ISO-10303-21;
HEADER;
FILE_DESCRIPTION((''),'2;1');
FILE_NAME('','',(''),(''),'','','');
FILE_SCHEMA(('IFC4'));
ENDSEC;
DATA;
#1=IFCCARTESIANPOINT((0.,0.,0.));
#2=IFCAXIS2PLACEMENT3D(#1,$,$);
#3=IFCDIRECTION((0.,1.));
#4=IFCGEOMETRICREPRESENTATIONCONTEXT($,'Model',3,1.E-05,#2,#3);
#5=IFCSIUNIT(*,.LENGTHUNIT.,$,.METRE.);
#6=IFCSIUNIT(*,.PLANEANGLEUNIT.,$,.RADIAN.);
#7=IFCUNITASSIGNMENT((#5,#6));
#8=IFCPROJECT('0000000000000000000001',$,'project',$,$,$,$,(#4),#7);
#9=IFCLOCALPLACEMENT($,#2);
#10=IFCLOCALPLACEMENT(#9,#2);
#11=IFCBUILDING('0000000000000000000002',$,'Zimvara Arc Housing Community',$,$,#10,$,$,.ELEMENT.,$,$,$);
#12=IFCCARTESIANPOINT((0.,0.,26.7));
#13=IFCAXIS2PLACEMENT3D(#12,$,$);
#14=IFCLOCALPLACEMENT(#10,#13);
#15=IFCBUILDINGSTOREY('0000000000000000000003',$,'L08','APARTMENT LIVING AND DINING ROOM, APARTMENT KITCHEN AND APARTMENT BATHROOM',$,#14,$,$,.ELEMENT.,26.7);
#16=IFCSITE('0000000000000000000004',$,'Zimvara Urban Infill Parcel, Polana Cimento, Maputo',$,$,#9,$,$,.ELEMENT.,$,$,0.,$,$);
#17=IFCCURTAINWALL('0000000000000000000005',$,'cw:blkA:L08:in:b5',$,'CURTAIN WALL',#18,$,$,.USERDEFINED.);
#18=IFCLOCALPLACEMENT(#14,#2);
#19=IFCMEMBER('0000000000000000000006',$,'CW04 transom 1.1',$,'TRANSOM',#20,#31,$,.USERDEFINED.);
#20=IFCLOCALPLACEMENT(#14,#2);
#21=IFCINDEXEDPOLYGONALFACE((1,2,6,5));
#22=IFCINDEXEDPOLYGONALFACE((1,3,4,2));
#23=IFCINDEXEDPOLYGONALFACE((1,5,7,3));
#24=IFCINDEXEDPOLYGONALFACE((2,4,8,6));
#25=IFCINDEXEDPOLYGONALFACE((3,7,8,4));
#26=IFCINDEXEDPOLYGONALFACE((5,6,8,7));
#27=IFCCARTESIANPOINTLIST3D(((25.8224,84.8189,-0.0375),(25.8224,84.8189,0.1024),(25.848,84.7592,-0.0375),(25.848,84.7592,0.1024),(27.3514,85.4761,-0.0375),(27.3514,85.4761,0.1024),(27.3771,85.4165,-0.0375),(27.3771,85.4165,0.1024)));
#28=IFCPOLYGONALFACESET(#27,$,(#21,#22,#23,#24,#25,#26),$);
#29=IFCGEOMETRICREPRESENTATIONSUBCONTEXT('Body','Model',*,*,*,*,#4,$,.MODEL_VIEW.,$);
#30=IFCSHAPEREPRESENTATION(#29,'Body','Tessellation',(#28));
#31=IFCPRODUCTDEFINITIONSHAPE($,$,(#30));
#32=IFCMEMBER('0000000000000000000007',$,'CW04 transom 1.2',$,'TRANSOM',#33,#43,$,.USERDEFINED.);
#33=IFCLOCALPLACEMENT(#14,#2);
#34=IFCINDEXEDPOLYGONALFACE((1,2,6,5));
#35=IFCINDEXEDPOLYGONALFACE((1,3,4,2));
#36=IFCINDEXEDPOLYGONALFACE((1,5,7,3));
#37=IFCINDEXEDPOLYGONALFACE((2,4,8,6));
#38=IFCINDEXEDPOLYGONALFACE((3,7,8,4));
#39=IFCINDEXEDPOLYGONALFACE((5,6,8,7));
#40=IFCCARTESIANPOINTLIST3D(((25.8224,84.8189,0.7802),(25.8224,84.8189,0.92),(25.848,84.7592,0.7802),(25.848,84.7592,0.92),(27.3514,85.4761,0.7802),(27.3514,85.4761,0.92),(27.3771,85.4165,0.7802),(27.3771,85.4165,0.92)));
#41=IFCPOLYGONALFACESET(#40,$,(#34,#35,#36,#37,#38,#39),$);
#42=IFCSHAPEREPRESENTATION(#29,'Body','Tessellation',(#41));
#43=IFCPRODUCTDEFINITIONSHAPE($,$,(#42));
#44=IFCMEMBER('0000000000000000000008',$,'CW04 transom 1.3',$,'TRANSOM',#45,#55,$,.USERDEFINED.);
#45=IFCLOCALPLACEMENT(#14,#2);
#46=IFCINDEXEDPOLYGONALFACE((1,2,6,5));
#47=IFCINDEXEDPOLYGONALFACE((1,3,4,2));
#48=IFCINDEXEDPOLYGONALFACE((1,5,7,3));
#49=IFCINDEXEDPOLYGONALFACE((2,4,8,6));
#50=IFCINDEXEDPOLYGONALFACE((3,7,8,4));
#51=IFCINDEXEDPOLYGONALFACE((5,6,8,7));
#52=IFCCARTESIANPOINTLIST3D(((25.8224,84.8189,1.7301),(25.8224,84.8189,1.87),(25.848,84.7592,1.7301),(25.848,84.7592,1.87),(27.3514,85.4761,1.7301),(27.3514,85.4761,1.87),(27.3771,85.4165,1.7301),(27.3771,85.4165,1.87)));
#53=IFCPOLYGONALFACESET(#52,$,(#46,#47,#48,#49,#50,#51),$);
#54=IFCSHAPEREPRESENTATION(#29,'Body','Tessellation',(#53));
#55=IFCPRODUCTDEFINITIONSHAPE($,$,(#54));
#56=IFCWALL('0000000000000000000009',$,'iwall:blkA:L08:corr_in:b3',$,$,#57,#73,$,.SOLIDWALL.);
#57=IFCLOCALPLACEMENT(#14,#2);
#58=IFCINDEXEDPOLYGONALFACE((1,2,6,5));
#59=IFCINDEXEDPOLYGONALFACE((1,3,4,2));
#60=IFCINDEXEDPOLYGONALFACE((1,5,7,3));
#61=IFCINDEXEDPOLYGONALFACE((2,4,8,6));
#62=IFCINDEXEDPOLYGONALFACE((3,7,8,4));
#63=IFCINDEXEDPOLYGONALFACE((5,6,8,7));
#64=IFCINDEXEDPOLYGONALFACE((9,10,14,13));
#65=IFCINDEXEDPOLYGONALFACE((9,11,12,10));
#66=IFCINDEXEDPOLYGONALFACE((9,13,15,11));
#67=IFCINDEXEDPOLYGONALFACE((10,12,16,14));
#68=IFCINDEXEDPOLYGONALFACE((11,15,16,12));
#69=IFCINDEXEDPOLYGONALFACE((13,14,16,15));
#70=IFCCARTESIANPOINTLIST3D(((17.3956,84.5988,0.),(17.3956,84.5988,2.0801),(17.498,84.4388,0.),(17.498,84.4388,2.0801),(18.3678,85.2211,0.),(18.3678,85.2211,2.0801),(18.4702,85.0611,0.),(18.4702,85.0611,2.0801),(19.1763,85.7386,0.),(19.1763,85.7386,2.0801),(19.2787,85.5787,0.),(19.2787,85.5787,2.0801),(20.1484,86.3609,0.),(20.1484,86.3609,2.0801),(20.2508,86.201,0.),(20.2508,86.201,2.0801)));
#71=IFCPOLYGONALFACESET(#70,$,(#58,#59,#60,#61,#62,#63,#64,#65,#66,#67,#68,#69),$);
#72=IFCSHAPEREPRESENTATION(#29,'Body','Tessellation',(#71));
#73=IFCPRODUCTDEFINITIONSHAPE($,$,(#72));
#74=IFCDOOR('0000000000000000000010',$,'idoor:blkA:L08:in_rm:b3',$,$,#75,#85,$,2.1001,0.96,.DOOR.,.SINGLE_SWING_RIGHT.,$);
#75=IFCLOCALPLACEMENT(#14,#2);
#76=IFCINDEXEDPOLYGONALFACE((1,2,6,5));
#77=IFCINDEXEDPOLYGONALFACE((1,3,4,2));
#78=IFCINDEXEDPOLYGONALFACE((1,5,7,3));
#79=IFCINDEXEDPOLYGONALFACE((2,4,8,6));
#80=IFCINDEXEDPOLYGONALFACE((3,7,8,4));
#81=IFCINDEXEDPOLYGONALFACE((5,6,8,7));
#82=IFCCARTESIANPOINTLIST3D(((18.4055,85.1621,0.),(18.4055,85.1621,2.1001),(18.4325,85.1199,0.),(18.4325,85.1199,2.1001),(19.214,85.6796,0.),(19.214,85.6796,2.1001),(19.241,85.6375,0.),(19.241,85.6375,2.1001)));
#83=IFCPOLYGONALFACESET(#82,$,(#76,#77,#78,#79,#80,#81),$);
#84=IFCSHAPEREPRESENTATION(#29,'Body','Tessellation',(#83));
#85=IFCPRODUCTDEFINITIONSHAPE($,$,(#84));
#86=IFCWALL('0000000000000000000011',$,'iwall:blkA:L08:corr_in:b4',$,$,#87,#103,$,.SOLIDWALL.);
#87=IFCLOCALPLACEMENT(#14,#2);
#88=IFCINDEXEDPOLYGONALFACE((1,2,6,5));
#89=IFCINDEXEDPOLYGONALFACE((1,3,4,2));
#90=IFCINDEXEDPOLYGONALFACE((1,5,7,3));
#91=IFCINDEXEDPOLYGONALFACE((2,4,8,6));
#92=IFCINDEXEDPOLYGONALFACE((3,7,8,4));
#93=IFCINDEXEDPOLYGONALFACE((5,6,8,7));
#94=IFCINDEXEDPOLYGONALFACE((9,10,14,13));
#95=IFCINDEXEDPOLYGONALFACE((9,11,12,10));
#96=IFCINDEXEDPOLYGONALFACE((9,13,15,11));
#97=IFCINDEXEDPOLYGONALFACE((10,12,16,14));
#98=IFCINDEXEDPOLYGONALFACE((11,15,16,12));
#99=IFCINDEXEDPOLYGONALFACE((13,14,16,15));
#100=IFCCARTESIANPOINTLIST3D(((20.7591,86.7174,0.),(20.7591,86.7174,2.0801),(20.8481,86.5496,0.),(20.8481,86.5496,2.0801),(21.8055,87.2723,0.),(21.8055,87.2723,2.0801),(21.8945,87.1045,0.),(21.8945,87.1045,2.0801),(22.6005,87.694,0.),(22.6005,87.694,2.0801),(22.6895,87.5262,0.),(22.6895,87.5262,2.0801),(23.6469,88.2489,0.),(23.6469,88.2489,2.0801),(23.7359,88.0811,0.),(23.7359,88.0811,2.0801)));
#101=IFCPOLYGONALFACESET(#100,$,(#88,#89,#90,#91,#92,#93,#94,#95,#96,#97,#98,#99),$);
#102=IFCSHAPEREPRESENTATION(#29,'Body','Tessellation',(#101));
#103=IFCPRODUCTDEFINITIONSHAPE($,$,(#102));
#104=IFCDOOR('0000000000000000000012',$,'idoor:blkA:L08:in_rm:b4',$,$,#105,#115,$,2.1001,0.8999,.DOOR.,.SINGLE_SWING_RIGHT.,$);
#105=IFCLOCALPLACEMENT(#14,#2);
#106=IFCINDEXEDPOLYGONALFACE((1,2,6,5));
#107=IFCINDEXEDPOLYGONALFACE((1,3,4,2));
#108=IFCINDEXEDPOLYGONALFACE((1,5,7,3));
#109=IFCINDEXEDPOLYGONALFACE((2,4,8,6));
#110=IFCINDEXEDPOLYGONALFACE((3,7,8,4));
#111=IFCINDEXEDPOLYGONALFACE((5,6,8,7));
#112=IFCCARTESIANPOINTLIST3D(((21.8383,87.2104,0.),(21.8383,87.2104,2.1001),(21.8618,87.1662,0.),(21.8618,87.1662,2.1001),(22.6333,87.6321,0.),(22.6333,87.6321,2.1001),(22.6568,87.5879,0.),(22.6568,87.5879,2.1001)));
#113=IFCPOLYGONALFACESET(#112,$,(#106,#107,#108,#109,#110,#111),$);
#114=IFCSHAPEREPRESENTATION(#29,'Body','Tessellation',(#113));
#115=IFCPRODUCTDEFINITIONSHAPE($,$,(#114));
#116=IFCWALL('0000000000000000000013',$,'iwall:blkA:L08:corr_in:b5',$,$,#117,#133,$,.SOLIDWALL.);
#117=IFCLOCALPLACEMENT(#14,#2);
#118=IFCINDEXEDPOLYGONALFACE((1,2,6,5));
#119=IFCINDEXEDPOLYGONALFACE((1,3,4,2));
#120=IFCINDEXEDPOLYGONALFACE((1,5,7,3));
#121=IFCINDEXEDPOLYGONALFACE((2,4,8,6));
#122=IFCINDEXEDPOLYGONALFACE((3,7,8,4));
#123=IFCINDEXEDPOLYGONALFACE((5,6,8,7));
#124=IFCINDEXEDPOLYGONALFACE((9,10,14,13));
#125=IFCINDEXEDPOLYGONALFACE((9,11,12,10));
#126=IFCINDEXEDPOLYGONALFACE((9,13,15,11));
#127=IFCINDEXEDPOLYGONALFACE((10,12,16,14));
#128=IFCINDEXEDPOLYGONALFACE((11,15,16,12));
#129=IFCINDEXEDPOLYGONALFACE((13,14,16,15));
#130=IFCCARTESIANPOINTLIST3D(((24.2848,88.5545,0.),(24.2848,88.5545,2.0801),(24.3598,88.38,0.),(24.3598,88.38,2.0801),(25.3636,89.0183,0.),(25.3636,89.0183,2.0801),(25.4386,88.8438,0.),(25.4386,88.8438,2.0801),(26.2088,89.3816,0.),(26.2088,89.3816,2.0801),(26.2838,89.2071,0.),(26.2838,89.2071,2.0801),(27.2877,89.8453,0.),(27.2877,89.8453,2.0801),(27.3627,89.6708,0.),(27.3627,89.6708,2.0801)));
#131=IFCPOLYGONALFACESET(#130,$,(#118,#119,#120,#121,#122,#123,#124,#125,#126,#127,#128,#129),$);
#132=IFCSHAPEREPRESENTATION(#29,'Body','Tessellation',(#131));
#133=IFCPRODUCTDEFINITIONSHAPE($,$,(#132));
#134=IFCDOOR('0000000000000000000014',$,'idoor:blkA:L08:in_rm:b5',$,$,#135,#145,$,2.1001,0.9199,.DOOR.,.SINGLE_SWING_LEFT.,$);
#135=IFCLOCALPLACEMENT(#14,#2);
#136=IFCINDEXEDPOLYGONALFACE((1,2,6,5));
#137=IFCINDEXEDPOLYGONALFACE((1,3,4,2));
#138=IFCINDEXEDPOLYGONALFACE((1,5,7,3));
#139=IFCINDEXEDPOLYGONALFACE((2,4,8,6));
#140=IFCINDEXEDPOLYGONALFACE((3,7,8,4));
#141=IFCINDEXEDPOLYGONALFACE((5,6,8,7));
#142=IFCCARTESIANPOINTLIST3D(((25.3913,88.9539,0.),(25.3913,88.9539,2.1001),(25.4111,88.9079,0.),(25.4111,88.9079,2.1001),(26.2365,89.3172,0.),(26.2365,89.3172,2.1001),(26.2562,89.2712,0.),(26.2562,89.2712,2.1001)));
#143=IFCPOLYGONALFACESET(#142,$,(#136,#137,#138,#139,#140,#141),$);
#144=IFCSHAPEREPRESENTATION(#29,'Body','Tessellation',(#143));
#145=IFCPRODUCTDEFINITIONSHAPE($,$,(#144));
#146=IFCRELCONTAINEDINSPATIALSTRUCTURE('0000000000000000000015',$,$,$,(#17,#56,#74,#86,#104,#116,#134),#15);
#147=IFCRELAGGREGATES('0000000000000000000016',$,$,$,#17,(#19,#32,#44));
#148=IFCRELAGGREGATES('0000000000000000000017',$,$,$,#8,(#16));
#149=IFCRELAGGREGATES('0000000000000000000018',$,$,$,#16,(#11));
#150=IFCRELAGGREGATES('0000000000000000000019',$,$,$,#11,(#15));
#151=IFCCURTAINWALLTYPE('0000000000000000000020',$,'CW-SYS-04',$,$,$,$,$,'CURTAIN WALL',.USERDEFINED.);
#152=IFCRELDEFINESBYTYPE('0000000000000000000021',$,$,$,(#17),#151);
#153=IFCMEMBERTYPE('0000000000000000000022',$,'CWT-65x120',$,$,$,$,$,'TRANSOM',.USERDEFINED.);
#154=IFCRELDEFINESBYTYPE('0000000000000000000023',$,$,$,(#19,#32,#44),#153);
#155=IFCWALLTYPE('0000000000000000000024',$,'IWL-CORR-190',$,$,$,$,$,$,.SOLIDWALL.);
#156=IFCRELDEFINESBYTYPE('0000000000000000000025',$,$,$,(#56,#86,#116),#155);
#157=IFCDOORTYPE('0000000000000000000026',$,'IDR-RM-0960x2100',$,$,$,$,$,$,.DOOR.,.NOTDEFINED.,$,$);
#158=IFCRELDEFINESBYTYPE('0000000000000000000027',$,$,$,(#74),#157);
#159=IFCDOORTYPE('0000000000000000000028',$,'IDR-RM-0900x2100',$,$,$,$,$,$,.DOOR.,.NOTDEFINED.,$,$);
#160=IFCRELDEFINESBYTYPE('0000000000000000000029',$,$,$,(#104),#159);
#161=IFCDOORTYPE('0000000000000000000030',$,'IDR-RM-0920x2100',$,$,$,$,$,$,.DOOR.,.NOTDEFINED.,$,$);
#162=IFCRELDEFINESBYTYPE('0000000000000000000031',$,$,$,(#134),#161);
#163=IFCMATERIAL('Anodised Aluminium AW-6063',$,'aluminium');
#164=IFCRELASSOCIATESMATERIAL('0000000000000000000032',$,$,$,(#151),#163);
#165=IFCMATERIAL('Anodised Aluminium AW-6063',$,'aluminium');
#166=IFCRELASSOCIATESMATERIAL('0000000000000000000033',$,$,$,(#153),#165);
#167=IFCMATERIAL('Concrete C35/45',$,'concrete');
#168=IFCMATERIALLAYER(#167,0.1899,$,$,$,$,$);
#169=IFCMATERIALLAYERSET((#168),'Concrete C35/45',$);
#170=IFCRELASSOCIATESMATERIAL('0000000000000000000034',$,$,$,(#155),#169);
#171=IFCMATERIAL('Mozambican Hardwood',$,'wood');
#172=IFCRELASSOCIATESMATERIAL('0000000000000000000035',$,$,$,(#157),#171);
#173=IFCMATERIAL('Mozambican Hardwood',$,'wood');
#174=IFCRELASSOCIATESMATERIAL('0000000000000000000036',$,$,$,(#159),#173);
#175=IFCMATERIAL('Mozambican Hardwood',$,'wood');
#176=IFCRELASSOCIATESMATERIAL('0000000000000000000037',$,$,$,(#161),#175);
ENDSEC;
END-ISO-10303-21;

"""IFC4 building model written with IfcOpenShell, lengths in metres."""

from ifc_helpers import new_model, si_unit, direction, frame, frame_2d, origin, origin_2d, place, context, subcontext, project, spatial, rectangle, extrude, material, layer, layer_set, material_profile, profile_set, type_object, element, fill, aggregate, save


model = new_model("IFC4")

# Units and contexts
model_context = context("Model", 3, precision=1e-05, world=origin(), true_north=direction((0.0, 1.0)))
body_context = subcontext(model_context, "Body", "Model", "MODEL_VIEW")
ifc_project = project(units=[si_unit("LENGTHUNIT", "METRE"), si_unit("PLANEANGLEUNIT", "RADIAN")], contexts=[model_context])

# Site, building, storey
site_placement = place(None, origin())
site = spatial("IfcSite", under=ifc_project, at=site_placement, Name="Zimvara Urban Infill Parcel, Polana Cimento, Maputo", CompositionType="ELEMENT", RefElevation=0.0)
building_placement = place(site_placement, origin())
building = spatial("IfcBuilding", under=site, at=building_placement, Name="Zimvara Arc Housing Community", CompositionType="ELEMENT")
storey_placement = place(building_placement, frame((0.0, 0.0, 26.7)))
storey = spatial("IfcBuildingStorey", under=building, at=storey_placement, Name="L08", Description="APARTMENT LIVING AND DINING ROOM, APARTMENT KITCHEN AND APARTMENT BATHROOM", CompositionType="ELEMENT", Elevation=26.7)

# Curtain wall
ifc_material_1 = material(Name="Anodised Aluminium AW-6063", Category="aluminium")
curtain_wall_type_1 = type_object("IfcCurtainWallType", Name="CW-SYS-04", ElementType="CURTAIN WALL", PredefinedType="USERDEFINED", material=ifc_material_1)
curtain_wall_1_placement = place(storey_placement, origin())
curtain_wall_1 = element("IfcCurtainWall", 1, at=curtain_wall_1_placement, inside=storey, type_object=curtain_wall_type_1, Name="cw:blkA:L08:in:b5", ObjectType="CURTAIN WALL", PredefinedType="USERDEFINED")

# Members
ifc_material_2 = material(Name="Anodised Aluminium AW-6063", Category="aluminium")
ifc_material_profile_1 = material_profile(ifc_material_2, rectangle(XDim=0.0649, YDim=0.1399, at=origin_2d()), Name="ALU 65x140")
ifc_profile_set_1 = profile_set([ifc_material_profile_1], Name="Anodised Aluminium AW-6063")
member_type_1 = type_object("IfcMemberType", Name="CWT-65x120", ElementType="TRANSOM", PredefinedType="USERDEFINED", material=ifc_profile_set_1)
member_1_placement = place(storey_placement, frame((25.8352, 84.7891, 0.0325), z_axis=(0.918727, 0.394893, 0.0), x_axis=(-0.394893, 0.918727, 0.0)))
member_1 = element("IfcMember", 2, at=member_1_placement, type_object=member_type_1, Name="CW04 transom 1.1", ObjectType="TRANSOM", PredefinedType="USERDEFINED", context=body_context, shape_type="SweptSolid", body=[
    extrude(rectangle(XDim=0.0649, YDim=0.1399, at=origin_2d()), origin(), (0.0, 0.0, 1.0), 1.6643),
])
member_2_placement = place(storey_placement, frame((25.8352, 84.7891, 0.8501), z_axis=(0.918727, 0.394893, 0.0), x_axis=(-0.394893, 0.918727, 0.0)))
member_2 = element("IfcMember", 3, at=member_2_placement, type_object=member_type_1, Name="CW04 transom 1.2", ObjectType="TRANSOM", PredefinedType="USERDEFINED", context=body_context, shape_type="SweptSolid", body=[
    extrude(rectangle(XDim=0.0649, YDim=0.1399, at=origin_2d()), origin(), (0.0, 0.0, 1.0), 1.6643),
])
member_3_placement = place(storey_placement, frame((25.8352, 84.7891, 1.8), z_axis=(0.918727, 0.394893, 0.0), x_axis=(-0.394893, 0.918727, 0.0)))
member_3 = element("IfcMember", 4, at=member_3_placement, type_object=member_type_1, Name="CW04 transom 1.3", ObjectType="TRANSOM", PredefinedType="USERDEFINED", context=body_context, shape_type="SweptSolid", body=[
    extrude(rectangle(XDim=0.0649, YDim=0.1399, at=origin_2d()), origin(), (0.0, 0.0, 1.0), 1.6643),
])
aggregate(curtain_wall_1, [member_1, member_2, member_3])

# Walls, openings, doors
ifc_material_3 = material(Name="Concrete C35/45", Category="concrete")
ifc_layer_1 = layer(ifc_material_3, 0.1899)
ifc_layer_set_1 = layer_set([ifc_layer_1], Name="Concrete C35/45")
wall_type_1 = type_object("IfcWallType", Name="IWL-CORR-190", PredefinedType="SOLIDWALL", material=ifc_layer_set_1)
wall_1_placement = place(storey_placement, frame((17.4468, 84.5188, 0.0), z_axis=(0.0, 0.0, 1.0), x_axis=(0.842225, 0.539126, 0.0)))
wall_1 = element("IfcWall", 5, at=wall_1_placement, inside=storey, type_object=wall_type_1, Name="iwall:blkA:L08:corr_in:b3", PredefinedType="SOLIDWALL", context=body_context, shape_type="SweptSolid", body=[
    extrude(rectangle(XDim=3.2686, YDim=0.1899, at=frame_2d((1.6343, 0.0))), origin(), (0.0, 0.0, 1.0), 2.0801),
])
opening_1_placement = place(wall_1_placement, frame((1.1543, 0.0, 0.0)))
opening_1 = element("IfcOpeningElement", 6, at=opening_1_placement, cuts=wall_1, PredefinedType="OPENING", context=body_context, shape_type="SweptSolid", body=[
    extrude(rectangle(XDim=0.96, YDim=2.1001, at=frame_2d((0.48, 1.05))), frame((0.0, 0.105, 0.0), z_axis=(0.0, -1.0, 0.0), x_axis=(1.0, 0.0, 0.0)), (0.0, 0.0, 1.0), 0.21),
])
ifc_material_4 = material(Name="Mozambican Hardwood", Category="wood")
door_type_1 = type_object("IfcDoorType", Name="IDR-RM-0960x2100", OperationType="NOTDEFINED", PredefinedType="DOOR", material=ifc_material_4)
door_1_placement = place(opening_1_placement, origin())
door_1 = element("IfcDoor", 7, at=door_1_placement, inside=storey, type_object=door_type_1, Name="idoor:blkA:L08:in_rm:b3", OperationType="SINGLE_SWING_RIGHT", OverallHeight=2.1001, OverallWidth=0.96, PredefinedType="DOOR", context=body_context, shape_type="SweptSolid", body=[
    extrude(rectangle(XDim=0.96, YDim=2.1001, at=frame_2d((0.48, 1.05))), frame((0.0, 0.0249, 0.0), z_axis=(0.0, -1.0, 0.0), x_axis=(1.0, 0.0, 0.0)), (0.0, 0.0, 1.0), 0.05),
])
fill(opening_1, door_1)
wall_2_placement = place(storey_placement, frame((20.8037, 86.6335, 0.0), z_axis=(0.0, 0.0, 1.0), x_axis=(0.883444, 0.468536, 0.0)))
wall_2 = element("IfcWall", 8, at=wall_2_placement, inside=storey, type_object=wall_type_1, Name="iwall:blkA:L08:corr_in:b4", PredefinedType="SOLIDWALL", context=body_context, shape_type="SweptSolid", body=[
    extrude(rectangle(XDim=3.2688, YDim=0.1899, at=frame_2d((1.6343, 0.0))), origin(), (0.0, 0.0, 1.0), 2.0801),
])
opening_2_placement = place(wall_2_placement, frame((1.1843, 0.0, 0.0)))
opening_2 = element("IfcOpeningElement", 9, at=opening_2_placement, cuts=wall_2, PredefinedType="OPENING", context=body_context, shape_type="SweptSolid", body=[
    extrude(rectangle(XDim=0.8999, YDim=2.1001, at=frame_2d((0.45, 1.05))), frame((0.0, 0.105, 0.0), z_axis=(0.0, -1.0, 0.0), x_axis=(1.0, 0.0, 0.0)), (0.0, 0.0, 1.0), 0.21),
])
ifc_material_5 = material(Name="Mozambican Hardwood", Category="wood")
door_type_2 = type_object("IfcDoorType", Name="IDR-RM-0900x2100", OperationType="NOTDEFINED", PredefinedType="DOOR", material=ifc_material_5)
door_2_placement = place(opening_2_placement, origin())
door_2 = element("IfcDoor", 10, at=door_2_placement, inside=storey, type_object=door_type_2, Name="idoor:blkA:L08:in_rm:b4", OperationType="SINGLE_SWING_RIGHT", OverallHeight=2.1001, OverallWidth=0.8999, PredefinedType="DOOR", context=body_context, shape_type="SweptSolid", body=[
    extrude(rectangle(XDim=0.8999, YDim=2.1001, at=frame_2d((0.45, 1.05))), frame((0.0, 0.0249, 0.0), z_axis=(0.0, -1.0, 0.0), x_axis=(1.0, 0.0, 0.0)), (0.0, 0.0, 1.0), 0.05),
])
fill(opening_2, door_2)
wall_3_placement = place(storey_placement, frame((24.3223, 88.4673, 0.0), z_axis=(0.0, 0.0, 1.0), x_axis=(0.918723, 0.394902, 0.0)))
wall_3 = element("IfcWall", 11, at=wall_3_placement, inside=storey, type_object=wall_type_1, Name="iwall:blkA:L08:corr_in:b5", PredefinedType="SOLIDWALL", context=body_context, shape_type="SweptSolid", body=[
    extrude(rectangle(XDim=3.2686, YDim=0.1899, at=frame_2d((1.6343, 0.0))), origin(), (0.0, 0.0, 1.0), 2.0801),
])
opening_3_placement = place(wall_3_placement, frame((1.1743, 0.0, 0.0)))
opening_3 = element("IfcOpeningElement", 12, at=opening_3_placement, cuts=wall_3, PredefinedType="OPENING", context=body_context, shape_type="SweptSolid", body=[
    extrude(rectangle(XDim=0.9199, YDim=2.1001, at=frame_2d((0.46, 1.05))), frame((0.0, 0.105, 0.0), z_axis=(0.0, -1.0, 0.0), x_axis=(1.0, 0.0, 0.0)), (0.0, 0.0, 1.0), 0.21),
])
ifc_material_6 = material(Name="Mozambican Hardwood", Category="wood")
door_type_3 = type_object("IfcDoorType", Name="IDR-RM-0920x2100", OperationType="NOTDEFINED", PredefinedType="DOOR", material=ifc_material_6)
door_3_placement = place(opening_3_placement, origin())
door_3 = element("IfcDoor", 13, at=door_3_placement, inside=storey, type_object=door_type_3, Name="idoor:blkA:L08:in_rm:b5", OperationType="SINGLE_SWING_LEFT", OverallHeight=2.1001, OverallWidth=0.9199, PredefinedType="DOOR", context=body_context, shape_type="SweptSolid", body=[
    extrude(rectangle(XDim=0.9199, YDim=2.1001, at=frame_2d((0.46, 1.05))), frame((0.0, 0.0249, 0.0), z_axis=(0.0, -1.0, 0.0), x_axis=(1.0, 0.0, 0.0)), (0.0, 0.0, 1.0), 0.05),
])
fill(opening_3, door_3)

save(model, "model.ifc")
